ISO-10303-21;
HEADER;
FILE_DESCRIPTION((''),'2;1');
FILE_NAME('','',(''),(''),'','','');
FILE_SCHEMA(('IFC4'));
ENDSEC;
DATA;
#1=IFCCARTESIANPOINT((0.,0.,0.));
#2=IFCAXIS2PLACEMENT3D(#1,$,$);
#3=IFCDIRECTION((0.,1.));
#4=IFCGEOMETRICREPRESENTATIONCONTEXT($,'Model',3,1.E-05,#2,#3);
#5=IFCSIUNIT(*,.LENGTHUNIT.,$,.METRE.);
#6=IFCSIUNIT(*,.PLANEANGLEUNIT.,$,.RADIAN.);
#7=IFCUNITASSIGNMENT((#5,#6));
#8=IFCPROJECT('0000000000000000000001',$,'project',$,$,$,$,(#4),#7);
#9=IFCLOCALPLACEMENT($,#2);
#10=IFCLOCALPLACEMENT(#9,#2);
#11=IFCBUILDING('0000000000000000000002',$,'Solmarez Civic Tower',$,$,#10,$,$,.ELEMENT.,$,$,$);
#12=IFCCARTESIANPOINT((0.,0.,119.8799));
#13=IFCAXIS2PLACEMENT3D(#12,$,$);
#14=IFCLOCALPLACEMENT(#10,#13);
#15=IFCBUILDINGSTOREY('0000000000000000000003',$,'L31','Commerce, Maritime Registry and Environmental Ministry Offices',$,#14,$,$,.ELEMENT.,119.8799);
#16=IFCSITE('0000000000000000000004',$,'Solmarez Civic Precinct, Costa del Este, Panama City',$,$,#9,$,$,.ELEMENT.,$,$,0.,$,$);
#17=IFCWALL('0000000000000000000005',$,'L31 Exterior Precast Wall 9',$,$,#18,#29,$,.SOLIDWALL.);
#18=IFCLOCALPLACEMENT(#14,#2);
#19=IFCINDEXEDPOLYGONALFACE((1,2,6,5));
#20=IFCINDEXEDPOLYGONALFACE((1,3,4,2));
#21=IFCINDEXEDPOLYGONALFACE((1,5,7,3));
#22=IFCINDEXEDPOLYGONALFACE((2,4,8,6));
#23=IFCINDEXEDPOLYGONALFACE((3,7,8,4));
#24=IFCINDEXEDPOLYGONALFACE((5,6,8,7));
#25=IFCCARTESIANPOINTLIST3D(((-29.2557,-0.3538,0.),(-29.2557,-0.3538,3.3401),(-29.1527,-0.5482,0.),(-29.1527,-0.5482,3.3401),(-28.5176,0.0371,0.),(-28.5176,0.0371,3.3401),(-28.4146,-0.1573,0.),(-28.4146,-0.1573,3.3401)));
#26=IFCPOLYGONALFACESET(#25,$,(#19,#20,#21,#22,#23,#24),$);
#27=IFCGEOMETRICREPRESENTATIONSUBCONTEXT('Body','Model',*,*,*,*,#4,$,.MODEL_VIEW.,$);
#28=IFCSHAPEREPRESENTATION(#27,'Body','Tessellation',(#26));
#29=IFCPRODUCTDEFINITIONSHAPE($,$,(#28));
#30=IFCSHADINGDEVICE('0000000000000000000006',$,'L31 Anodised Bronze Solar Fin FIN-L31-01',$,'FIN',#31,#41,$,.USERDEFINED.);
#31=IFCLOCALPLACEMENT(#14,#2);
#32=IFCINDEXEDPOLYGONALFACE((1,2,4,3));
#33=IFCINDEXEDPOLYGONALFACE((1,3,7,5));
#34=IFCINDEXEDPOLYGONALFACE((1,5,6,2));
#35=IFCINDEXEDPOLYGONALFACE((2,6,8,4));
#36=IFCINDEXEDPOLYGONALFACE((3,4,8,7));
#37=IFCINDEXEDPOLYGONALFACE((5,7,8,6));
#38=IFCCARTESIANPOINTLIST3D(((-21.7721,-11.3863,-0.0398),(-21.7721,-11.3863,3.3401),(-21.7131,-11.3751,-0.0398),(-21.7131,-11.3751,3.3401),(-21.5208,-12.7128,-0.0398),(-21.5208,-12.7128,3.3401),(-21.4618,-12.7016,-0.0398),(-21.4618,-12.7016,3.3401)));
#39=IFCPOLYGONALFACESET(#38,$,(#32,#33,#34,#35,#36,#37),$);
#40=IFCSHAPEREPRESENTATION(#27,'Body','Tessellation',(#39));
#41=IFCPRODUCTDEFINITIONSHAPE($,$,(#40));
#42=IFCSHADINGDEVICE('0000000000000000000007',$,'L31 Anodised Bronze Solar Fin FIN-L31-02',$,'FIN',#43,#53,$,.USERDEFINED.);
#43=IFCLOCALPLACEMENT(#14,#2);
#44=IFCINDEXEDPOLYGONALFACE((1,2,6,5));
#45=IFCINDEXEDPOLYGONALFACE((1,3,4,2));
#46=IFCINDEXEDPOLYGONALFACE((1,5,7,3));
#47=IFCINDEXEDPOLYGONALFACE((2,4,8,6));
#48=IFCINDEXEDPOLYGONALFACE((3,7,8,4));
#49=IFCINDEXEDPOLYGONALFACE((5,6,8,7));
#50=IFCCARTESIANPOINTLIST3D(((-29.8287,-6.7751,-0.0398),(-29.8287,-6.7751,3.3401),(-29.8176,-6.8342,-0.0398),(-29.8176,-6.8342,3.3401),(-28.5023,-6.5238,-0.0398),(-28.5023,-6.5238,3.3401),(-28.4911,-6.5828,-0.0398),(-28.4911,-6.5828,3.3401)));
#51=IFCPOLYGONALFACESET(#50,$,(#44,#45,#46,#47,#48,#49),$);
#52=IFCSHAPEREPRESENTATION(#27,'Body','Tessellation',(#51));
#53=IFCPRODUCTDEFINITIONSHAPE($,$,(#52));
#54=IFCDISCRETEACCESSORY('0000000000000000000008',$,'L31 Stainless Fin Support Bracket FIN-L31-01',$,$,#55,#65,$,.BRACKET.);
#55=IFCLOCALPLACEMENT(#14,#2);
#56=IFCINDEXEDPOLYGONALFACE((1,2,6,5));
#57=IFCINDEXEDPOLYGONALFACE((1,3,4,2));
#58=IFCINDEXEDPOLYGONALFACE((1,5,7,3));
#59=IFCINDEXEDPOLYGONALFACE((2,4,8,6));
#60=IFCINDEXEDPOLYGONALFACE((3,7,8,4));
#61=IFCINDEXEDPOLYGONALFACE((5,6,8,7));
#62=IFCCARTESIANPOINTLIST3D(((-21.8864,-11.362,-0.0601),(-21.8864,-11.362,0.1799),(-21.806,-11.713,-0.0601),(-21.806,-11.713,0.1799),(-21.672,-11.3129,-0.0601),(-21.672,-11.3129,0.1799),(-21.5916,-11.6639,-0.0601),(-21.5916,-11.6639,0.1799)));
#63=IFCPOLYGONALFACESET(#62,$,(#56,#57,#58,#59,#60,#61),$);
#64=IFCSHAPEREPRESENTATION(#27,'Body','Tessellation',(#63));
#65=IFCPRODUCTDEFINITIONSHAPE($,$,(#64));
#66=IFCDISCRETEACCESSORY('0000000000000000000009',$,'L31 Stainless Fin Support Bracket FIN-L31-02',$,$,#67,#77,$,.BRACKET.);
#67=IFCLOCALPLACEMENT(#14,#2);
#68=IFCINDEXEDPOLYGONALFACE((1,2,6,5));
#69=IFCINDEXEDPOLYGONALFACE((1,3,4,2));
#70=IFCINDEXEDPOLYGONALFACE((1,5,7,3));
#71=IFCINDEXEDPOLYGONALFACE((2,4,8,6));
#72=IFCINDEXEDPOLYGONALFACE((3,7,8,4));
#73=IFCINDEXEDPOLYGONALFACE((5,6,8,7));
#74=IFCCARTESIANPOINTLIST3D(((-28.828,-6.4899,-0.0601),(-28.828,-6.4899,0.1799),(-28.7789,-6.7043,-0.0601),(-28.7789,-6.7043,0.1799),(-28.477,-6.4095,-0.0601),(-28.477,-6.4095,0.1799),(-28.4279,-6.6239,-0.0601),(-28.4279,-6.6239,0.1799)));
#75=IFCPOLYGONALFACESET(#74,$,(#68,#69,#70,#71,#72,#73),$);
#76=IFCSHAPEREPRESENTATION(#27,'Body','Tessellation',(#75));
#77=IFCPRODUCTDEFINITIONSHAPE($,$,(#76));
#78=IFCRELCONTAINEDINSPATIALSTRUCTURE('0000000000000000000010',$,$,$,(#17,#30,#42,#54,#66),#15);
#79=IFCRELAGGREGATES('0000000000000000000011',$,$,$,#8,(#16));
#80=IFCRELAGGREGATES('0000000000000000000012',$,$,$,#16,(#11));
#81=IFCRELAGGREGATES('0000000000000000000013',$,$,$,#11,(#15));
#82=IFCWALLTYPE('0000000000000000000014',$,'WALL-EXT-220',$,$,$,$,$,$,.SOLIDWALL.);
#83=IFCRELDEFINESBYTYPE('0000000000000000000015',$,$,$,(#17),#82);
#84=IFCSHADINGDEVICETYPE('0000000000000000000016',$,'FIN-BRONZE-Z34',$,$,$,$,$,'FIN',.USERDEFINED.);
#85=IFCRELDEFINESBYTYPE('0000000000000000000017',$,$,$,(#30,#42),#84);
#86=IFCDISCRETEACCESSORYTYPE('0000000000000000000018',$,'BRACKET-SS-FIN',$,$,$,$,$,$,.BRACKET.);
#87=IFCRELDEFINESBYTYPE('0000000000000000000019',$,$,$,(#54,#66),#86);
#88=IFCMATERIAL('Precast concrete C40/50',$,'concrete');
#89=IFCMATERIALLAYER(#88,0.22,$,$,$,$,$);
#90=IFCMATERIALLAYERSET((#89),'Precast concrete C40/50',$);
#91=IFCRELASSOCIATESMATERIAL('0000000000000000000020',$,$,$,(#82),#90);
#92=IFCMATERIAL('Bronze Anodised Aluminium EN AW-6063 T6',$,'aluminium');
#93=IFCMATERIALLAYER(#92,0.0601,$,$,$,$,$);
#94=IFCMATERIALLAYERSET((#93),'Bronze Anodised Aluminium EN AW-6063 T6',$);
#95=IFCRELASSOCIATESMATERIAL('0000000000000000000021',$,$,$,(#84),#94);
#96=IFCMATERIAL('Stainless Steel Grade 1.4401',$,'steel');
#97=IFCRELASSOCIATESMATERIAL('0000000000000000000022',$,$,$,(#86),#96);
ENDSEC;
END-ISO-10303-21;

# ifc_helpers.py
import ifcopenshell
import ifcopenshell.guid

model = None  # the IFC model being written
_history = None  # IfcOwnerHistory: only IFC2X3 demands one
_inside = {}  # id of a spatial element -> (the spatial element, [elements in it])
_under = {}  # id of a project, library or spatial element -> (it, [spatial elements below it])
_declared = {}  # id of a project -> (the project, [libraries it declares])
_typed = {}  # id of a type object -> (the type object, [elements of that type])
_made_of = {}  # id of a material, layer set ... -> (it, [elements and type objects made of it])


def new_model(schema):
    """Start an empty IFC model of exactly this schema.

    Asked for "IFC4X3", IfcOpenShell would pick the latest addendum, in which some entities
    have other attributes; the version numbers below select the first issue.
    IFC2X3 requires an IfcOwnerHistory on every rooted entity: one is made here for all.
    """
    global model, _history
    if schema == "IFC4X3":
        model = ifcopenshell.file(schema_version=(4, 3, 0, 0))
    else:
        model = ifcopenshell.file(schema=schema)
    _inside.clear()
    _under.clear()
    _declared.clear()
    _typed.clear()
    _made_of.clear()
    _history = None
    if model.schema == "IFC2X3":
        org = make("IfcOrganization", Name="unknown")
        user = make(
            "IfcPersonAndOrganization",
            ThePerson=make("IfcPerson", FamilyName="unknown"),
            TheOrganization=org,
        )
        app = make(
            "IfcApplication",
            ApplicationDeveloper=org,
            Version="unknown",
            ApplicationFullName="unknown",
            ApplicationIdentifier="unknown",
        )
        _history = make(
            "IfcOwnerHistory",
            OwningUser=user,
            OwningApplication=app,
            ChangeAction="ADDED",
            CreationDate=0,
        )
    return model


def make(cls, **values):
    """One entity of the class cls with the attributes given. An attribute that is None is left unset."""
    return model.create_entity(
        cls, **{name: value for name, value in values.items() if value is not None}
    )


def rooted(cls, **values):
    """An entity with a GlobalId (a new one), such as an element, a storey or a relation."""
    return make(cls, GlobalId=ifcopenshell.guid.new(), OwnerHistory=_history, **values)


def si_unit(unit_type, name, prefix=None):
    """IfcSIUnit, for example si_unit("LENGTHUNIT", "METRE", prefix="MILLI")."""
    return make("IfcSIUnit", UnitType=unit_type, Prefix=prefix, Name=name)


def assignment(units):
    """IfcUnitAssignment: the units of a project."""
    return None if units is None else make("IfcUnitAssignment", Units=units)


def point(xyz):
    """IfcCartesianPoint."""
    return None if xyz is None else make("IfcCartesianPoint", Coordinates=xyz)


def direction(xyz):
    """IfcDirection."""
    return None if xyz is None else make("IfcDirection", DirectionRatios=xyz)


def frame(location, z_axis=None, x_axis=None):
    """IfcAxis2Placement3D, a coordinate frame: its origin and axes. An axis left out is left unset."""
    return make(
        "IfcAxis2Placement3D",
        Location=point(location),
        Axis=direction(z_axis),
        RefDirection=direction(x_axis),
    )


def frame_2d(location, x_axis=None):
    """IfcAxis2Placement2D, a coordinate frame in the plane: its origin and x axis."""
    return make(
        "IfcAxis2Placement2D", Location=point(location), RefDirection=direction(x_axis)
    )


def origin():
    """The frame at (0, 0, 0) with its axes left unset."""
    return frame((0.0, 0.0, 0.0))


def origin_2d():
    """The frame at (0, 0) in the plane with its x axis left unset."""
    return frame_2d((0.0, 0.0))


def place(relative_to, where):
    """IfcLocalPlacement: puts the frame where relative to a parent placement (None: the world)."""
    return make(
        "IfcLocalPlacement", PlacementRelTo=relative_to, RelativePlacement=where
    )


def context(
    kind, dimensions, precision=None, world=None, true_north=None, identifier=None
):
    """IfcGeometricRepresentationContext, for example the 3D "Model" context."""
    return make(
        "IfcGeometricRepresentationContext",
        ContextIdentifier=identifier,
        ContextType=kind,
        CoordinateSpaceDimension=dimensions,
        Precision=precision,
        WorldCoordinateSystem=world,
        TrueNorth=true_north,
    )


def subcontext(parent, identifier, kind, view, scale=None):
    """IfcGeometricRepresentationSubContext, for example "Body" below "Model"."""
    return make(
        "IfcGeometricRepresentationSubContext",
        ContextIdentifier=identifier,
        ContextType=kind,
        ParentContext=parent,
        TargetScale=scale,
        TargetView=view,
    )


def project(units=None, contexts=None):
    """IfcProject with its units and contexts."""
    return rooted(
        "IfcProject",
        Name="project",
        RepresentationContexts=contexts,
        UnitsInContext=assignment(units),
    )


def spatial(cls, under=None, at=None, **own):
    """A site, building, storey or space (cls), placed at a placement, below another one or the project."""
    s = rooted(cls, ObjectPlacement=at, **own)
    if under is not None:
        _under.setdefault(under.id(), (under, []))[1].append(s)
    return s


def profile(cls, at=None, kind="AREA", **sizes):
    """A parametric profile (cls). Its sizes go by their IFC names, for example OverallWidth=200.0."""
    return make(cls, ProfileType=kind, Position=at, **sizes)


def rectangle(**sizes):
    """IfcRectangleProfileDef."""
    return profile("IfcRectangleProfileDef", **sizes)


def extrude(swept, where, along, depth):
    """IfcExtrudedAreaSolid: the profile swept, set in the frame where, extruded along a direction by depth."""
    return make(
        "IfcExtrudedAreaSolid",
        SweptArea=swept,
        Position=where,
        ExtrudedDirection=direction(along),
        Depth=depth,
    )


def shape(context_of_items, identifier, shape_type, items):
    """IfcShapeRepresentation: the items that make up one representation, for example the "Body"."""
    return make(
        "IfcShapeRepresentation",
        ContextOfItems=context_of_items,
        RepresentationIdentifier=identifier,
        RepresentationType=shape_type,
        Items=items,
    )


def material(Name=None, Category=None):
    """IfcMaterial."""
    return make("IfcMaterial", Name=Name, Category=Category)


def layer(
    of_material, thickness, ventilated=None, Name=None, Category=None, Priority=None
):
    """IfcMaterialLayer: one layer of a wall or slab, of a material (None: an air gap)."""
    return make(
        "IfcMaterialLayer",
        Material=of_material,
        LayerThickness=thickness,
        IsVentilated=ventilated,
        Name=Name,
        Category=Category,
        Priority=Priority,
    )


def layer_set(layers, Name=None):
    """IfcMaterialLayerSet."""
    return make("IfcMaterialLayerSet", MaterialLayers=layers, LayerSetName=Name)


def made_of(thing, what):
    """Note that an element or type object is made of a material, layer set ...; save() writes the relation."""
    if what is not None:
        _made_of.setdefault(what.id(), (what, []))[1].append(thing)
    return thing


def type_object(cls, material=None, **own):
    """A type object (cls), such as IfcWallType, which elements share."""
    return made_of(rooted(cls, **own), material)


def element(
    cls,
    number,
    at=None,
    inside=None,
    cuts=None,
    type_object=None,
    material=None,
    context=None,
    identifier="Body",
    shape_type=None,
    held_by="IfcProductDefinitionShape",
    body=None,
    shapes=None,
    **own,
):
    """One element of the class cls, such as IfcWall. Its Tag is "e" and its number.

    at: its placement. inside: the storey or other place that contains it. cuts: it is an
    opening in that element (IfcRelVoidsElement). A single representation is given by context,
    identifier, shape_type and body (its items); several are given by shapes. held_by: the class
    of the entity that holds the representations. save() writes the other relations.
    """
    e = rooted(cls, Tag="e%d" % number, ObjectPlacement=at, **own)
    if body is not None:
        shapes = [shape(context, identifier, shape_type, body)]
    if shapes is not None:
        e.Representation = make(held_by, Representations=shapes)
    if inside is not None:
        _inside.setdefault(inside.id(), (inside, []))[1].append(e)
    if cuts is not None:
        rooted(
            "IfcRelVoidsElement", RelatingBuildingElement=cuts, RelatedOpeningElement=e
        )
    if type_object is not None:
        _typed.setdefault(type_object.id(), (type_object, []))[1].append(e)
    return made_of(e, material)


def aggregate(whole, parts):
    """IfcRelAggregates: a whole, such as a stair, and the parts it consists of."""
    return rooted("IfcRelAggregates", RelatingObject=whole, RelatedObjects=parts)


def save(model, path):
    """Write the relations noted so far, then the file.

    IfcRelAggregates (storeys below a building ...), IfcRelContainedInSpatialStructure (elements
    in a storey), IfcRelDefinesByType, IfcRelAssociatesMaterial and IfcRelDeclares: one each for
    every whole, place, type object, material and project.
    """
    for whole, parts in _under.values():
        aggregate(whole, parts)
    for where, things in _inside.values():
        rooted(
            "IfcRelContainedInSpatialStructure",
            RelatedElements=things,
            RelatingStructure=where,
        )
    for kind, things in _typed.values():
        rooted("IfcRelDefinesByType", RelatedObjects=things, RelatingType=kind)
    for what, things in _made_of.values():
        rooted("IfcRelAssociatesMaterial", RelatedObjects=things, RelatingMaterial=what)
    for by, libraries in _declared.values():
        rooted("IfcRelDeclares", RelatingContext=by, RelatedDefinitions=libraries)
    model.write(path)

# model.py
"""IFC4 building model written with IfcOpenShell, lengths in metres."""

from ifc_helpers import new_model, si_unit, direction, frame, frame_2d, origin, origin_2d, place, context, subcontext, project, spatial, rectangle, extrude, material, layer, layer_set, type_object, element, save


model = new_model("IFC4")

# Units and contexts
model_context = context("Model", 3, precision=1e-05, world=origin(), true_north=direction((0.0, 1.0)))
body_context = subcontext(model_context, "Body", "Model", "MODEL_VIEW")
ifc_project = project(units=[si_unit("LENGTHUNIT", "METRE"), si_unit("PLANEANGLEUNIT", "RADIAN")], contexts=[model_context])

# Site, building, storey
site_placement = place(None, origin())
site = spatial("IfcSite", under=ifc_project, at=site_placement, Name="Solmarez Civic Precinct, Costa del Este, Panama City", CompositionType="ELEMENT", RefElevation=0.0)
building_placement = place(site_placement, origin())
building = spatial("IfcBuilding", under=site, at=building_placement, Name="Solmarez Civic Tower", CompositionType="ELEMENT")
storey_placement = place(building_placement, frame((0.0, 0.0, 119.8799)))
storey = spatial("IfcBuildingStorey", under=building, at=storey_placement, Name="L31", Description="Commerce, Maritime Registry and Environmental Ministry Offices", CompositionType="ELEMENT", Elevation=119.8799)

# Shared definitions
ifc_material_1 = material(Name="Bronze Anodised Aluminium EN AW-6063 T6", Category="aluminium")

# Wall
ifc_material_2 = material(Name="Precast concrete C40/50", Category="concrete")
ifc_layer_1 = layer(ifc_material_2, 0.22)
ifc_layer_set_1 = layer_set([ifc_layer_1], Name="Precast concrete C40/50")
wall_type = type_object("IfcWallType", Name="WALL-EXT-220", PredefinedType="SOLIDWALL", material=ifc_layer_set_1)
wall_1_placement = place(storey_placement, frame((-29.2041, -0.4509, 0.0), z_axis=(0.0, 0.0, 1.0), x_axis=(0.883717, 0.468022, 0.0)))
element("IfcWall", 1, at=wall_1_placement, inside=storey, type_object=wall_type, Name="L31 Exterior Precast Wall 9", PredefinedType="SOLIDWALL", context=body_context, shape_type="SweptSolid", body=[
    extrude(rectangle(XDim=0.8352, YDim=0.22, at=frame_2d((0.4175, 0.0))), origin(), (0.0, 0.0, 1.0), 3.3401),
])

# Shading devices
ifc_layer_2 = layer(ifc_material_1, 0.0601)
ifc_layer_set_2 = layer_set([ifc_layer_2], Name="Bronze Anodised Aluminium EN AW-6063 T6")
shading_device_type = type_object("IfcShadingDeviceType", Name="FIN-BRONZE-Z34", ElementType="FIN", PredefinedType="USERDEFINED", material=ifc_layer_set_2)
for number, where, z_axis, x_axis, name in (
    (2, (-21.6169, -12.0439, -0.0398), (0.0, 0.0, 1.0), (0.186147, -0.982522, 0.0), "L31 Anodised Bronze Solar Fin FIN-L31-01"),
    (3, (-29.1599, -6.679, -0.0398), (0.0, 0.0, 1.0), (-0.982512, -0.186198, 0.0), "L31 Anodised Bronze Solar Fin FIN-L31-02"),
):
    element("IfcShadingDevice", number, at=place(storey_placement, frame(where, z_axis=z_axis, x_axis=x_axis)), inside=storey, type_object=shading_device_type, Name=name, ObjectType="FIN", PredefinedType="USERDEFINED", context=body_context, shape_type="SweptSolid", body=[
        extrude(rectangle(XDim=1.3501, YDim=0.0601, at=origin_2d()), origin(), (0.0, 0.0, 1.0), 3.3799),
    ])

# Discrete accessories
ifc_material_3 = material(Name="Stainless Steel Grade 1.4401", Category="steel")
discrete_accessory_type = type_object("IfcDiscreteAccessoryType", Name="BRACKET-SS-FIN", PredefinedType="BRACKET", material=ifc_material_3)
for number, where, z_axis, x_axis, name in (
    (4, (-21.739, -11.5129, -0.0601), (0.0, 0.0, 1.0), (0.223217, -0.974769, 0.0), "L31 Stainless Fin Support Bracket FIN-L31-01"),
    (5, (-28.6279, -6.5569, -0.0601), (0.0, 0.0, 1.0), (-0.974758, -0.223264, 0.0), "L31 Stainless Fin Support Bracket FIN-L31-02"),
):
    element("IfcDiscreteAccessory", number, at=place(storey_placement, frame(where, z_axis=z_axis, x_axis=x_axis)), inside=storey, type_object=discrete_accessory_type, Name=name, PredefinedType="BRACKET", context=body_context, shape_type="SweptSolid", body=[
        extrude(rectangle(XDim=0.3601, YDim=0.22, at=origin_2d()), origin(), (0.0, 0.0, 1.0), 0.24),
    ])

save(model, "model.ifc")
